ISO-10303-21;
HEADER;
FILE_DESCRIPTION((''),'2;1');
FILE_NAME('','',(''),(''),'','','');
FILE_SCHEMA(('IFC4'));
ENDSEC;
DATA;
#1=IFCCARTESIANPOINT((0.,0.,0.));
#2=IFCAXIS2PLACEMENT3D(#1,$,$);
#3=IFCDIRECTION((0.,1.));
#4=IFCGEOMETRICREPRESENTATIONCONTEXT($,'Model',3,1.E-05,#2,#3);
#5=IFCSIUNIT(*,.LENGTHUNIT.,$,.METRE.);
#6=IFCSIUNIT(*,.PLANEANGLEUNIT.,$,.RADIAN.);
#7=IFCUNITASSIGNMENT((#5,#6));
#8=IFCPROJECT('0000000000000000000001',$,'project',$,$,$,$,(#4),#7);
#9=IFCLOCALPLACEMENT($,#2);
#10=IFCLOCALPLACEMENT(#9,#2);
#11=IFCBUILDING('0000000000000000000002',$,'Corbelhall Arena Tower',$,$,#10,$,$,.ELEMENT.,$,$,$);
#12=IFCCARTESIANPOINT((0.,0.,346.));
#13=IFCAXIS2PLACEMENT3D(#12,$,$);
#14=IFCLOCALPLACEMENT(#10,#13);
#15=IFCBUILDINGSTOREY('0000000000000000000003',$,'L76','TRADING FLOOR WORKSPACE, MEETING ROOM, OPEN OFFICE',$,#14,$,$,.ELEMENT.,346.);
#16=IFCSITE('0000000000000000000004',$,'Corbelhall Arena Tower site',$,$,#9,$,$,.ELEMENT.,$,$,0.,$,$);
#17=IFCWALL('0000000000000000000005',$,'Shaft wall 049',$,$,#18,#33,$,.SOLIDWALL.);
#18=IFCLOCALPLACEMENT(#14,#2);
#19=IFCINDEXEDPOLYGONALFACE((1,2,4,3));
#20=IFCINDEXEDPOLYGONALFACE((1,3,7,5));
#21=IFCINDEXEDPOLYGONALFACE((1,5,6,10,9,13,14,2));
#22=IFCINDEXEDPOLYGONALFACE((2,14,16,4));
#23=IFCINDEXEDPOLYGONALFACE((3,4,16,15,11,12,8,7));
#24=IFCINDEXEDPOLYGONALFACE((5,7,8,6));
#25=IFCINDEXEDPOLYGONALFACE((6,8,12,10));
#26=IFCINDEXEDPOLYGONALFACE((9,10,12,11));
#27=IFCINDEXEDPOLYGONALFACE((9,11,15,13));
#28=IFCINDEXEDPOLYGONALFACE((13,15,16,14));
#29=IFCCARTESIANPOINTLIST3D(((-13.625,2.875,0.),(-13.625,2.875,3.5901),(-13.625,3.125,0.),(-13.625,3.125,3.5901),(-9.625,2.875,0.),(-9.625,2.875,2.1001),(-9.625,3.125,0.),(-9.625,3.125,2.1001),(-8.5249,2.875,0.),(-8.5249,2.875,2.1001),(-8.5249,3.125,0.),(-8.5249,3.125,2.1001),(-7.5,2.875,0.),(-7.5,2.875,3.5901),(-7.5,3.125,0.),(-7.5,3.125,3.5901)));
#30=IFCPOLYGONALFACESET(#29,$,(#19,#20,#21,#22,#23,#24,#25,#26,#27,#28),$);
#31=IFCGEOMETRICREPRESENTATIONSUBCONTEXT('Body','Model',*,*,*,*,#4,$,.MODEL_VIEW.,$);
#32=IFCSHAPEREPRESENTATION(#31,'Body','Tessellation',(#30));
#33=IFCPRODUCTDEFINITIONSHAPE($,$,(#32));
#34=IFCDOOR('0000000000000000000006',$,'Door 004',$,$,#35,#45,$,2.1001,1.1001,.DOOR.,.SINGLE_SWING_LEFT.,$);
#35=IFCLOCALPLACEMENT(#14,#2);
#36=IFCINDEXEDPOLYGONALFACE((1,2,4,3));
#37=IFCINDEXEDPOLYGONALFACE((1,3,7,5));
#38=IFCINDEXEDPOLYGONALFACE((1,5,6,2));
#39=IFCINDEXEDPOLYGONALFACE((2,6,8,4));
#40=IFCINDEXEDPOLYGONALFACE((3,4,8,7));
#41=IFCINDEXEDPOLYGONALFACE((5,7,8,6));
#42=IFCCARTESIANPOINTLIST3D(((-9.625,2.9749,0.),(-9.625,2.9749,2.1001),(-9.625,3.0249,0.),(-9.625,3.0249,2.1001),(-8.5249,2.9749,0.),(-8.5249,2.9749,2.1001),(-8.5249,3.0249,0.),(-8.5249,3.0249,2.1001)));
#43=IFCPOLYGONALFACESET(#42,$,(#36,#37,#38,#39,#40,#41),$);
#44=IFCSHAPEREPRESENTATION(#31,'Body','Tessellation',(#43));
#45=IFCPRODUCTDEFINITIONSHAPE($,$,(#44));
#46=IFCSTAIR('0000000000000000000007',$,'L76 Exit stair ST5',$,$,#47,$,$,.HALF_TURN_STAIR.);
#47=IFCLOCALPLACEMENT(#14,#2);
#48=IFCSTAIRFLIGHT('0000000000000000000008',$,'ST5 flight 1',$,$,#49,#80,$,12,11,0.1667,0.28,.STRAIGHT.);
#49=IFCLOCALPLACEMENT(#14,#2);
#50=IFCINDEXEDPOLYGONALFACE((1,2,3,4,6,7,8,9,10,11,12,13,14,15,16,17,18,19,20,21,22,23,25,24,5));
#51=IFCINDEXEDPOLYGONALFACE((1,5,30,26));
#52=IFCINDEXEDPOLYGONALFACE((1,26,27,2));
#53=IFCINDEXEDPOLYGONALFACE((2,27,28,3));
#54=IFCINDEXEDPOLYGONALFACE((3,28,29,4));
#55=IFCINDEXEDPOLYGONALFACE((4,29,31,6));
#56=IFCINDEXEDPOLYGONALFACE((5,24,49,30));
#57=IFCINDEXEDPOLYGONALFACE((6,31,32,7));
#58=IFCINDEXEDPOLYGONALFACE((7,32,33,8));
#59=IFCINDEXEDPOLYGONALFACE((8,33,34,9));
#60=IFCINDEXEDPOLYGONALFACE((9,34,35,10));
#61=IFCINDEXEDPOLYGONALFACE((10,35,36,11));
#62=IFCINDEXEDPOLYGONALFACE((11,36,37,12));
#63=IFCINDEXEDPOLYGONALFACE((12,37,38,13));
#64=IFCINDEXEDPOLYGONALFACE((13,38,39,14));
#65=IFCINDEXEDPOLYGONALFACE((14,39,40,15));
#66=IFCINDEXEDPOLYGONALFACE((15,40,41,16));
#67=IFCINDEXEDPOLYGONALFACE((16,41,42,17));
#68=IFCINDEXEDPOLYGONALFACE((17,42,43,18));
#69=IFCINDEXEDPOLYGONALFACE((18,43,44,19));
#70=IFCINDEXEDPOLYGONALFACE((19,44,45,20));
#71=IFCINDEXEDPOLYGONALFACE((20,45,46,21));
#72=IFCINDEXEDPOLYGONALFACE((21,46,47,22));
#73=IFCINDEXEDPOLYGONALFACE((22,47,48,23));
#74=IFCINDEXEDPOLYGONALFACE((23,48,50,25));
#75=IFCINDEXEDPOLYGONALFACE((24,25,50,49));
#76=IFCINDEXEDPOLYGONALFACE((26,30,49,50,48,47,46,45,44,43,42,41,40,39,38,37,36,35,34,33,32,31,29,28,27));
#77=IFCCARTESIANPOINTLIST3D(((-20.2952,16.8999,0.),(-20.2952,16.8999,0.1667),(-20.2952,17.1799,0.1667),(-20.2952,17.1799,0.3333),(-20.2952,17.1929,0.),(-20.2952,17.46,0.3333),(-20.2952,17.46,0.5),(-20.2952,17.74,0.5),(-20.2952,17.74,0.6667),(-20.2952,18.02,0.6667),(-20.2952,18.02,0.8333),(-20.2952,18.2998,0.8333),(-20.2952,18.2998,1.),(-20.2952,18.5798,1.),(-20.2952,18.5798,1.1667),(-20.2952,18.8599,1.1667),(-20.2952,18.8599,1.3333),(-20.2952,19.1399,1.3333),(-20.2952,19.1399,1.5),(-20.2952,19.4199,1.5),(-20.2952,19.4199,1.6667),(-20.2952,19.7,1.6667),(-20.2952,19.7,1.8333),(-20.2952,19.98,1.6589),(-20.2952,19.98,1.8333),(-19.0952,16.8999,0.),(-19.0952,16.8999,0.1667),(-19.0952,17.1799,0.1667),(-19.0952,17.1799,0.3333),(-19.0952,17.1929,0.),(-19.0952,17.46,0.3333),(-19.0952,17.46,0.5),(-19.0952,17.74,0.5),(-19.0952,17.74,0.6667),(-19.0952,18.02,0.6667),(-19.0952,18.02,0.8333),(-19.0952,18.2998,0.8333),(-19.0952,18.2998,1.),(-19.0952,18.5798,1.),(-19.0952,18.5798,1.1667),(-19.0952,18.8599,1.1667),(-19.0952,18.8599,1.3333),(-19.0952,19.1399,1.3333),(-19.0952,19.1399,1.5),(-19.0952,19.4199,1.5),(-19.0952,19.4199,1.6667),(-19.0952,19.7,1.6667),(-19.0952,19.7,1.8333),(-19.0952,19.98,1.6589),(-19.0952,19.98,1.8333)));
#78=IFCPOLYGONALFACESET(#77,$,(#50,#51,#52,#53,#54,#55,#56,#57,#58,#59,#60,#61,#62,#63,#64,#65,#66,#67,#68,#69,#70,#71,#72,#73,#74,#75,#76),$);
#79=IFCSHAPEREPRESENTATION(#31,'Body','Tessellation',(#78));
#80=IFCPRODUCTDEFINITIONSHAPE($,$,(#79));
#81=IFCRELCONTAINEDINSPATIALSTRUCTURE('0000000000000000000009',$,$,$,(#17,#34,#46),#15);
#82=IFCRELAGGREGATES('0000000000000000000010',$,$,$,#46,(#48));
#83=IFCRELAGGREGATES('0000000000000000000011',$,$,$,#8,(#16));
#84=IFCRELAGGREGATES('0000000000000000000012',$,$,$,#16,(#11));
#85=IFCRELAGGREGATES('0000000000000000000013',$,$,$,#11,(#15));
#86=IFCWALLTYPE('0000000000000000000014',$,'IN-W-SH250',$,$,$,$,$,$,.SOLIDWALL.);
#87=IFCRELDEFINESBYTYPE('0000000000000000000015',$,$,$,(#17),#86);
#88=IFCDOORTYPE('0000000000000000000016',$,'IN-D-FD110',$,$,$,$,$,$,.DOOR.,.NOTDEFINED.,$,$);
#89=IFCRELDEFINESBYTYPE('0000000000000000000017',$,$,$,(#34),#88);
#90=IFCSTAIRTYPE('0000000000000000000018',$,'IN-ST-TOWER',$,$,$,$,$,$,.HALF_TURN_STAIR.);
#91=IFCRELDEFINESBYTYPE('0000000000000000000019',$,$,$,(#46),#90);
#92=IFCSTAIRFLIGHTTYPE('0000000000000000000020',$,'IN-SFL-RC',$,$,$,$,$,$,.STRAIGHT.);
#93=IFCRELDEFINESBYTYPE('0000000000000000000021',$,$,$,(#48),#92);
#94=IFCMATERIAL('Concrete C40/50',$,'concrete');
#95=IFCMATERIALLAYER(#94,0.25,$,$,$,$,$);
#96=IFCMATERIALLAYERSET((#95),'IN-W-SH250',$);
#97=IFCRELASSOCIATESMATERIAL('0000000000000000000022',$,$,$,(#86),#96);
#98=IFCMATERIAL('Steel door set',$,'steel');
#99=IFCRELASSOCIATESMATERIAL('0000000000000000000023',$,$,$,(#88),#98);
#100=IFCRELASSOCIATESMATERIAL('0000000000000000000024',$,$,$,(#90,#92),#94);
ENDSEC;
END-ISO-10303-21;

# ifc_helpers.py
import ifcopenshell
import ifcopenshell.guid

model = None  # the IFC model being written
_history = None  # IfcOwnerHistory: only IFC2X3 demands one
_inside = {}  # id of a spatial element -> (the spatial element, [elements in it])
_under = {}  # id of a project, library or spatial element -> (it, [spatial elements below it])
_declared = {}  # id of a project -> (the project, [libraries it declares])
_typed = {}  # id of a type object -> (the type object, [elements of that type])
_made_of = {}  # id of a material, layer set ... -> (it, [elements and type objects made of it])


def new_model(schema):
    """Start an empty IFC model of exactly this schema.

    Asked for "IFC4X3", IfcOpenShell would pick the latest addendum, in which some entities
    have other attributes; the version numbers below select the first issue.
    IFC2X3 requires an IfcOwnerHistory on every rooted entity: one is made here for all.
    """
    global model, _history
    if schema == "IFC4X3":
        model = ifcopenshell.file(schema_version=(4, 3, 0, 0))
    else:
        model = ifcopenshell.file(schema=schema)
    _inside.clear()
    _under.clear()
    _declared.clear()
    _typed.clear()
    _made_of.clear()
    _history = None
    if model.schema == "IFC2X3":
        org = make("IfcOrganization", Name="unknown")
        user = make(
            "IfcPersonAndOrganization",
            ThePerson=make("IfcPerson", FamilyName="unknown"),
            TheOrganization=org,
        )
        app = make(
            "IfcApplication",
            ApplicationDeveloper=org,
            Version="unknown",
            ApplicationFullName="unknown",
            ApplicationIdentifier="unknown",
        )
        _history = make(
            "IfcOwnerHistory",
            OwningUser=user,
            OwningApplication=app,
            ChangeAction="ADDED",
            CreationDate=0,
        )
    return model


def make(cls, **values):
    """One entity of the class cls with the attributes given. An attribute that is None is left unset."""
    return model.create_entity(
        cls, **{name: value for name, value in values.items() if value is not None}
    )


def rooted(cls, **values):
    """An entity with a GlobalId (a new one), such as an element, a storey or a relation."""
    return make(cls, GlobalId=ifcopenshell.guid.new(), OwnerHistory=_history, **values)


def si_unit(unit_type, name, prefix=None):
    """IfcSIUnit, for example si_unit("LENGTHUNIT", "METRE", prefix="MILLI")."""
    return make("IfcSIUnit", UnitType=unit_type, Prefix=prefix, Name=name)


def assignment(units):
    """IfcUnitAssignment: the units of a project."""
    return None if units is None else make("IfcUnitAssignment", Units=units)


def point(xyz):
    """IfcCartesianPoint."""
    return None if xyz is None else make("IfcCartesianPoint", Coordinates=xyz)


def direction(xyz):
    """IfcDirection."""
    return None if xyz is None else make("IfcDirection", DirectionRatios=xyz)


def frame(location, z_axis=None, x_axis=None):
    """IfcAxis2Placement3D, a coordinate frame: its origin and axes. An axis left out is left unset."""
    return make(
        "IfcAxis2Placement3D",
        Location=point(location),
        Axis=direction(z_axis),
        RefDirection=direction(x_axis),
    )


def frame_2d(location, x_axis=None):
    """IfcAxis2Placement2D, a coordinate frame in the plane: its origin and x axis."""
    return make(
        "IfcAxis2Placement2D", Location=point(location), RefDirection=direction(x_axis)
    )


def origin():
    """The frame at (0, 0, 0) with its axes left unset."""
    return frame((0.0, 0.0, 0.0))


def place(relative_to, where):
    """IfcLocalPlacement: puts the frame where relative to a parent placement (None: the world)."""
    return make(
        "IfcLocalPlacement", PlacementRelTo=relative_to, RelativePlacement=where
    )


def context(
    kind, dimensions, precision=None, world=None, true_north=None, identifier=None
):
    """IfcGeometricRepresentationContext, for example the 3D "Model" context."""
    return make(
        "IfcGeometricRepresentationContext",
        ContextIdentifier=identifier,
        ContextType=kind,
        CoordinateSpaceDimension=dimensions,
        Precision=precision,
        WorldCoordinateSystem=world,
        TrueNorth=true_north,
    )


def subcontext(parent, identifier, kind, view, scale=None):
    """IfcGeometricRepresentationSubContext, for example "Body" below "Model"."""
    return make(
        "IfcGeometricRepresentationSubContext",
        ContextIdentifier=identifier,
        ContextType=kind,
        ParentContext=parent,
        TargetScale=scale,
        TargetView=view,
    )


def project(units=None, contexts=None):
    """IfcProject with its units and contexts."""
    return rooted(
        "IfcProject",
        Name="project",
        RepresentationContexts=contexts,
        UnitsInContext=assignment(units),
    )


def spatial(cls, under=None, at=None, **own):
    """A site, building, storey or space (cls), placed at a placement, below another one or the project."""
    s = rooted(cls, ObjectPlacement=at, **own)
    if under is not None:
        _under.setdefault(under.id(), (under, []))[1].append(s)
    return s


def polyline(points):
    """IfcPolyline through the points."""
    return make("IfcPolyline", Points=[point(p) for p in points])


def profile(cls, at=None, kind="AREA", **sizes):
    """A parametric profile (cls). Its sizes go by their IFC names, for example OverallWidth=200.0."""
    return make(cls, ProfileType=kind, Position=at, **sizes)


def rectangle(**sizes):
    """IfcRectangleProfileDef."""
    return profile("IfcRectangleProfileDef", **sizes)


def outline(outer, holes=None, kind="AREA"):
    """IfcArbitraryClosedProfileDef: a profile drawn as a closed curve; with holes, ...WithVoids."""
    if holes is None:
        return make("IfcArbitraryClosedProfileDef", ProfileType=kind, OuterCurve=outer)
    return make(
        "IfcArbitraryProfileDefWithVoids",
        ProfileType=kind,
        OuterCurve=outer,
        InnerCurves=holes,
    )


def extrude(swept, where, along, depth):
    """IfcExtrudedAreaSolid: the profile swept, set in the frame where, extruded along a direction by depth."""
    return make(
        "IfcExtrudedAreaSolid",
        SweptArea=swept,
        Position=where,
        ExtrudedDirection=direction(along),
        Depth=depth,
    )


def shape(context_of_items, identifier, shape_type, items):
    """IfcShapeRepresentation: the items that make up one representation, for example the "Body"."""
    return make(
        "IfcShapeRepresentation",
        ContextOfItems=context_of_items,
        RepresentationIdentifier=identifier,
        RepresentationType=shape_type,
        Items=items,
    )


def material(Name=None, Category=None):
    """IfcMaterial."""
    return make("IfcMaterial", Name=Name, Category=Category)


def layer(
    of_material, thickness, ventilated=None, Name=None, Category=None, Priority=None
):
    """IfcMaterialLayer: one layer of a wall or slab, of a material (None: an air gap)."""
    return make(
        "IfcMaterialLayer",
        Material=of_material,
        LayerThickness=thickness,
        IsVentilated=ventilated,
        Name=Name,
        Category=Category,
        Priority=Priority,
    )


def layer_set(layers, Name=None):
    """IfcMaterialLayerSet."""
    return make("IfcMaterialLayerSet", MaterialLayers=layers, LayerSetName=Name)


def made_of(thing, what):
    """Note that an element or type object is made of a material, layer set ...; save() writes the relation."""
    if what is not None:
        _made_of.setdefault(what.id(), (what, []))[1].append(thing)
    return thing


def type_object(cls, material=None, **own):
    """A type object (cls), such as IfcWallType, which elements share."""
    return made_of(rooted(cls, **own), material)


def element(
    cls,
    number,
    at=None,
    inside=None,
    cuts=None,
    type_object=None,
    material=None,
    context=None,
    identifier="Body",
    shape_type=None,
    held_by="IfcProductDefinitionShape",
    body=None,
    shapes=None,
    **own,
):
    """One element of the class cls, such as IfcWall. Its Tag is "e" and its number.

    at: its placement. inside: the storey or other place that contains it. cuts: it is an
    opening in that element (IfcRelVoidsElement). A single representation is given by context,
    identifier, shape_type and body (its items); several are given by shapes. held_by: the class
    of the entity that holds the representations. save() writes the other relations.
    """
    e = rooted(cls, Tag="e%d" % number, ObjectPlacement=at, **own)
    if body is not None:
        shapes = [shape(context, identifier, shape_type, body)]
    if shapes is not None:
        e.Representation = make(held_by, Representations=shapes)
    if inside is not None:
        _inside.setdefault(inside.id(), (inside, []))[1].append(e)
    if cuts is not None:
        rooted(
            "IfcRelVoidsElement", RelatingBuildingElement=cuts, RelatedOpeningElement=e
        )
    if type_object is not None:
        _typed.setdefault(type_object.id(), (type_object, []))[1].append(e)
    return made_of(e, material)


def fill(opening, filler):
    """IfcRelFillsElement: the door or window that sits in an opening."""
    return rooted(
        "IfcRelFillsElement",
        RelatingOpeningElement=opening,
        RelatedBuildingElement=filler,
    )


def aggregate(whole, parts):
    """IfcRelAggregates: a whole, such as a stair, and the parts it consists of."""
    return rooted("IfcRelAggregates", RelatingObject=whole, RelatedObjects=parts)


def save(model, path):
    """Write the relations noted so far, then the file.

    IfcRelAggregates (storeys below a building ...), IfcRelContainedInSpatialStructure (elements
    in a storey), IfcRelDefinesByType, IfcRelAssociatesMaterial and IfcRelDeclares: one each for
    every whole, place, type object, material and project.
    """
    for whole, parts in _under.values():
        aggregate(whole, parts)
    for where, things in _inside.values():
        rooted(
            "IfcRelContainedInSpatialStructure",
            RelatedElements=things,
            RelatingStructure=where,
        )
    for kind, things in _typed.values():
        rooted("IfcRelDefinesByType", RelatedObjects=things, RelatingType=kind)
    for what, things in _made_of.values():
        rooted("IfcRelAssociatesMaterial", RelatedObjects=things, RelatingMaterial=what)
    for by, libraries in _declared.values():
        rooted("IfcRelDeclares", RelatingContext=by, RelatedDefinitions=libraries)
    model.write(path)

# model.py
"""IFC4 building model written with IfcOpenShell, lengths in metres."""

from ifc_helpers import new_model, si_unit, direction, frame, frame_2d, origin, place, context, subcontext, project, spatial, polyline, rectangle, outline, extrude, material, layer, layer_set, type_object, element, fill, aggregate, save


model = new_model("IFC4")

# Units and contexts
model_context = context("Model", 3, precision=1e-05, world=origin(), true_north=direction((0.0, 1.0)))
body_context = subcontext(model_context, "Body", "Model", "MODEL_VIEW")
ifc_project = project(units=[si_unit("LENGTHUNIT", "METRE"), si_unit("PLANEANGLEUNIT", "RADIAN")], contexts=[model_context])

# Site, building, storey
site_placement = place(None, origin())
site = spatial("IfcSite", under=ifc_project, at=site_placement, Name="Corbelhall Arena Tower site", CompositionType="ELEMENT", RefElevation=0.0)
building_placement = place(site_placement, origin())
building = spatial("IfcBuilding", under=site, at=building_placement, Name="Corbelhall Arena Tower", CompositionType="ELEMENT")
storey_placement = place(building_placement, frame((0.0, 0.0, 346.0)))
storey = spatial("IfcBuildingStorey", under=building, at=storey_placement, Name="L76", Description="TRADING FLOOR WORKSPACE, MEETING ROOM, OPEN OFFICE", CompositionType="ELEMENT", Elevation=346.0)

# Shared definitions
ifc_material_1 = material(Name="Concrete C40/50", Category="concrete")
ifc_material_2 = material(Name="Steel door set", Category="steel")

# Wall, opening, door
ifc_layer_1 = layer(ifc_material_1, 0.25)
ifc_layer_set_1 = layer_set([ifc_layer_1], Name="IN-W-SH250")
wall_type_1 = type_object("IfcWallType", Name="IN-W-SH250", PredefinedType="SOLIDWALL", material=ifc_layer_set_1)
wall_1_placement = place(storey_placement, frame((-13.625, 3.0, 0.0), z_axis=(0.0, 0.0, 1.0), x_axis=(1.0, 0.0, 0.0)))
wall_1 = element("IfcWall", 1, at=wall_1_placement, inside=storey, type_object=wall_type_1, Name="Shaft wall 049", PredefinedType="SOLIDWALL", context=body_context, shape_type="SweptSolid", body=[
    extrude(rectangle(XDim=6.125, YDim=0.25, at=frame_2d((3.0625, 0.0))), origin(), (0.0, 0.0, 1.0), 3.5901),
])
opening_1_placement = place(wall_1_placement, frame((4.0, 0.0, 0.0)))
opening_1 = element("IfcOpeningElement", 2, at=opening_1_placement, cuts=wall_1, PredefinedType="OPENING", context=body_context, shape_type="SweptSolid", body=[
    extrude(rectangle(XDim=1.1001, YDim=2.1001, at=frame_2d((0.55, 1.05))), frame((0.0, 0.125, 0.0), z_axis=(0.0, -1.0, 0.0), x_axis=(1.0, 0.0, 0.0)), (0.0, 0.0, 1.0), 0.25),
])
door_type_1 = type_object("IfcDoorType", Name="IN-D-FD110", OperationType="NOTDEFINED", PredefinedType="DOOR", material=ifc_material_2)
door_1_placement = place(opening_1_placement, origin())
door_1 = element("IfcDoor", 3, at=door_1_placement, inside=storey, type_object=door_type_1, Name="Door 004", OperationType="SINGLE_SWING_LEFT", OverallHeight=2.1001, OverallWidth=1.1001, PredefinedType="DOOR", context=body_context, shape_type="SweptSolid", body=[
    extrude(rectangle(XDim=1.1001, YDim=2.1001, at=frame_2d((0.55, 1.05))), frame((0.0, 0.0249, 0.0), z_axis=(0.0, -1.0, 0.0), x_axis=(1.0, 0.0, 0.0)), (0.0, 0.0, 1.0), 0.05),
])
fill(opening_1, door_1)

# Stair, stair flight
stair_type = type_object("IfcStairType", Name="IN-ST-TOWER", PredefinedType="HALF_TURN_STAIR", material=ifc_material_1)
stair_placement = place(storey_placement, origin())
stair = element("IfcStair", 4, at=stair_placement, inside=storey, type_object=stair_type, Name="L76 Exit stair ST5", PredefinedType="HALF_TURN_STAIR")
stair_flight_type = type_object("IfcStairFlightType", Name="IN-SFL-RC", PredefinedType="STRAIGHT", material=ifc_material_1)
stair_flight_placement = place(storey_placement, frame((-19.6951, 16.8999, 0.0), z_axis=(0.0, 0.0, 1.0), x_axis=(0.0, 1.0, 0.0)))
stair_flight = element("IfcStairFlight", 5, at=stair_flight_placement, type_object=stair_flight_type, Name="ST5 flight 1", NumberOfRisers=12, NumberOfTreads=11, PredefinedType="STRAIGHT", RiserHeight=0.1667, TreadLength=0.28, context=body_context, shape_type="SweptSolid", body=[
    extrude(outline(polyline([(0.0, 0.0), (0.0, 0.1667), (0.28, 0.1667), (0.28, 0.3333), (0.5601, 0.3333), (0.5601, 0.5), (0.8401, 0.5), (0.8401, 0.6667), (1.1201, 0.6667), (1.1201, 0.8333), (1.3999, 0.8333), (1.3999, 1.0), (1.6799, 1.0), (1.6799, 1.1667), (1.96, 1.1667), (1.96, 1.3333), (2.24, 1.3333), (2.24, 1.5), (2.52, 1.5), (2.52, 1.6667), (2.8, 1.6667), (2.8, 1.8333), (3.0801, 1.8333), (3.0801, 2.0), (3.0801, 1.6589), (0.293, 0.0), (0.0, 0.0)])), frame((0.0, 0.6001, 0.0), z_axis=(0.0, -1.0, 0.0), x_axis=(1.0, 0.0, 0.0)), (0.0, 0.0, 1.0), 1.2),
])
aggregate(stair, [stair_flight])

save(model, "model.ifc")
